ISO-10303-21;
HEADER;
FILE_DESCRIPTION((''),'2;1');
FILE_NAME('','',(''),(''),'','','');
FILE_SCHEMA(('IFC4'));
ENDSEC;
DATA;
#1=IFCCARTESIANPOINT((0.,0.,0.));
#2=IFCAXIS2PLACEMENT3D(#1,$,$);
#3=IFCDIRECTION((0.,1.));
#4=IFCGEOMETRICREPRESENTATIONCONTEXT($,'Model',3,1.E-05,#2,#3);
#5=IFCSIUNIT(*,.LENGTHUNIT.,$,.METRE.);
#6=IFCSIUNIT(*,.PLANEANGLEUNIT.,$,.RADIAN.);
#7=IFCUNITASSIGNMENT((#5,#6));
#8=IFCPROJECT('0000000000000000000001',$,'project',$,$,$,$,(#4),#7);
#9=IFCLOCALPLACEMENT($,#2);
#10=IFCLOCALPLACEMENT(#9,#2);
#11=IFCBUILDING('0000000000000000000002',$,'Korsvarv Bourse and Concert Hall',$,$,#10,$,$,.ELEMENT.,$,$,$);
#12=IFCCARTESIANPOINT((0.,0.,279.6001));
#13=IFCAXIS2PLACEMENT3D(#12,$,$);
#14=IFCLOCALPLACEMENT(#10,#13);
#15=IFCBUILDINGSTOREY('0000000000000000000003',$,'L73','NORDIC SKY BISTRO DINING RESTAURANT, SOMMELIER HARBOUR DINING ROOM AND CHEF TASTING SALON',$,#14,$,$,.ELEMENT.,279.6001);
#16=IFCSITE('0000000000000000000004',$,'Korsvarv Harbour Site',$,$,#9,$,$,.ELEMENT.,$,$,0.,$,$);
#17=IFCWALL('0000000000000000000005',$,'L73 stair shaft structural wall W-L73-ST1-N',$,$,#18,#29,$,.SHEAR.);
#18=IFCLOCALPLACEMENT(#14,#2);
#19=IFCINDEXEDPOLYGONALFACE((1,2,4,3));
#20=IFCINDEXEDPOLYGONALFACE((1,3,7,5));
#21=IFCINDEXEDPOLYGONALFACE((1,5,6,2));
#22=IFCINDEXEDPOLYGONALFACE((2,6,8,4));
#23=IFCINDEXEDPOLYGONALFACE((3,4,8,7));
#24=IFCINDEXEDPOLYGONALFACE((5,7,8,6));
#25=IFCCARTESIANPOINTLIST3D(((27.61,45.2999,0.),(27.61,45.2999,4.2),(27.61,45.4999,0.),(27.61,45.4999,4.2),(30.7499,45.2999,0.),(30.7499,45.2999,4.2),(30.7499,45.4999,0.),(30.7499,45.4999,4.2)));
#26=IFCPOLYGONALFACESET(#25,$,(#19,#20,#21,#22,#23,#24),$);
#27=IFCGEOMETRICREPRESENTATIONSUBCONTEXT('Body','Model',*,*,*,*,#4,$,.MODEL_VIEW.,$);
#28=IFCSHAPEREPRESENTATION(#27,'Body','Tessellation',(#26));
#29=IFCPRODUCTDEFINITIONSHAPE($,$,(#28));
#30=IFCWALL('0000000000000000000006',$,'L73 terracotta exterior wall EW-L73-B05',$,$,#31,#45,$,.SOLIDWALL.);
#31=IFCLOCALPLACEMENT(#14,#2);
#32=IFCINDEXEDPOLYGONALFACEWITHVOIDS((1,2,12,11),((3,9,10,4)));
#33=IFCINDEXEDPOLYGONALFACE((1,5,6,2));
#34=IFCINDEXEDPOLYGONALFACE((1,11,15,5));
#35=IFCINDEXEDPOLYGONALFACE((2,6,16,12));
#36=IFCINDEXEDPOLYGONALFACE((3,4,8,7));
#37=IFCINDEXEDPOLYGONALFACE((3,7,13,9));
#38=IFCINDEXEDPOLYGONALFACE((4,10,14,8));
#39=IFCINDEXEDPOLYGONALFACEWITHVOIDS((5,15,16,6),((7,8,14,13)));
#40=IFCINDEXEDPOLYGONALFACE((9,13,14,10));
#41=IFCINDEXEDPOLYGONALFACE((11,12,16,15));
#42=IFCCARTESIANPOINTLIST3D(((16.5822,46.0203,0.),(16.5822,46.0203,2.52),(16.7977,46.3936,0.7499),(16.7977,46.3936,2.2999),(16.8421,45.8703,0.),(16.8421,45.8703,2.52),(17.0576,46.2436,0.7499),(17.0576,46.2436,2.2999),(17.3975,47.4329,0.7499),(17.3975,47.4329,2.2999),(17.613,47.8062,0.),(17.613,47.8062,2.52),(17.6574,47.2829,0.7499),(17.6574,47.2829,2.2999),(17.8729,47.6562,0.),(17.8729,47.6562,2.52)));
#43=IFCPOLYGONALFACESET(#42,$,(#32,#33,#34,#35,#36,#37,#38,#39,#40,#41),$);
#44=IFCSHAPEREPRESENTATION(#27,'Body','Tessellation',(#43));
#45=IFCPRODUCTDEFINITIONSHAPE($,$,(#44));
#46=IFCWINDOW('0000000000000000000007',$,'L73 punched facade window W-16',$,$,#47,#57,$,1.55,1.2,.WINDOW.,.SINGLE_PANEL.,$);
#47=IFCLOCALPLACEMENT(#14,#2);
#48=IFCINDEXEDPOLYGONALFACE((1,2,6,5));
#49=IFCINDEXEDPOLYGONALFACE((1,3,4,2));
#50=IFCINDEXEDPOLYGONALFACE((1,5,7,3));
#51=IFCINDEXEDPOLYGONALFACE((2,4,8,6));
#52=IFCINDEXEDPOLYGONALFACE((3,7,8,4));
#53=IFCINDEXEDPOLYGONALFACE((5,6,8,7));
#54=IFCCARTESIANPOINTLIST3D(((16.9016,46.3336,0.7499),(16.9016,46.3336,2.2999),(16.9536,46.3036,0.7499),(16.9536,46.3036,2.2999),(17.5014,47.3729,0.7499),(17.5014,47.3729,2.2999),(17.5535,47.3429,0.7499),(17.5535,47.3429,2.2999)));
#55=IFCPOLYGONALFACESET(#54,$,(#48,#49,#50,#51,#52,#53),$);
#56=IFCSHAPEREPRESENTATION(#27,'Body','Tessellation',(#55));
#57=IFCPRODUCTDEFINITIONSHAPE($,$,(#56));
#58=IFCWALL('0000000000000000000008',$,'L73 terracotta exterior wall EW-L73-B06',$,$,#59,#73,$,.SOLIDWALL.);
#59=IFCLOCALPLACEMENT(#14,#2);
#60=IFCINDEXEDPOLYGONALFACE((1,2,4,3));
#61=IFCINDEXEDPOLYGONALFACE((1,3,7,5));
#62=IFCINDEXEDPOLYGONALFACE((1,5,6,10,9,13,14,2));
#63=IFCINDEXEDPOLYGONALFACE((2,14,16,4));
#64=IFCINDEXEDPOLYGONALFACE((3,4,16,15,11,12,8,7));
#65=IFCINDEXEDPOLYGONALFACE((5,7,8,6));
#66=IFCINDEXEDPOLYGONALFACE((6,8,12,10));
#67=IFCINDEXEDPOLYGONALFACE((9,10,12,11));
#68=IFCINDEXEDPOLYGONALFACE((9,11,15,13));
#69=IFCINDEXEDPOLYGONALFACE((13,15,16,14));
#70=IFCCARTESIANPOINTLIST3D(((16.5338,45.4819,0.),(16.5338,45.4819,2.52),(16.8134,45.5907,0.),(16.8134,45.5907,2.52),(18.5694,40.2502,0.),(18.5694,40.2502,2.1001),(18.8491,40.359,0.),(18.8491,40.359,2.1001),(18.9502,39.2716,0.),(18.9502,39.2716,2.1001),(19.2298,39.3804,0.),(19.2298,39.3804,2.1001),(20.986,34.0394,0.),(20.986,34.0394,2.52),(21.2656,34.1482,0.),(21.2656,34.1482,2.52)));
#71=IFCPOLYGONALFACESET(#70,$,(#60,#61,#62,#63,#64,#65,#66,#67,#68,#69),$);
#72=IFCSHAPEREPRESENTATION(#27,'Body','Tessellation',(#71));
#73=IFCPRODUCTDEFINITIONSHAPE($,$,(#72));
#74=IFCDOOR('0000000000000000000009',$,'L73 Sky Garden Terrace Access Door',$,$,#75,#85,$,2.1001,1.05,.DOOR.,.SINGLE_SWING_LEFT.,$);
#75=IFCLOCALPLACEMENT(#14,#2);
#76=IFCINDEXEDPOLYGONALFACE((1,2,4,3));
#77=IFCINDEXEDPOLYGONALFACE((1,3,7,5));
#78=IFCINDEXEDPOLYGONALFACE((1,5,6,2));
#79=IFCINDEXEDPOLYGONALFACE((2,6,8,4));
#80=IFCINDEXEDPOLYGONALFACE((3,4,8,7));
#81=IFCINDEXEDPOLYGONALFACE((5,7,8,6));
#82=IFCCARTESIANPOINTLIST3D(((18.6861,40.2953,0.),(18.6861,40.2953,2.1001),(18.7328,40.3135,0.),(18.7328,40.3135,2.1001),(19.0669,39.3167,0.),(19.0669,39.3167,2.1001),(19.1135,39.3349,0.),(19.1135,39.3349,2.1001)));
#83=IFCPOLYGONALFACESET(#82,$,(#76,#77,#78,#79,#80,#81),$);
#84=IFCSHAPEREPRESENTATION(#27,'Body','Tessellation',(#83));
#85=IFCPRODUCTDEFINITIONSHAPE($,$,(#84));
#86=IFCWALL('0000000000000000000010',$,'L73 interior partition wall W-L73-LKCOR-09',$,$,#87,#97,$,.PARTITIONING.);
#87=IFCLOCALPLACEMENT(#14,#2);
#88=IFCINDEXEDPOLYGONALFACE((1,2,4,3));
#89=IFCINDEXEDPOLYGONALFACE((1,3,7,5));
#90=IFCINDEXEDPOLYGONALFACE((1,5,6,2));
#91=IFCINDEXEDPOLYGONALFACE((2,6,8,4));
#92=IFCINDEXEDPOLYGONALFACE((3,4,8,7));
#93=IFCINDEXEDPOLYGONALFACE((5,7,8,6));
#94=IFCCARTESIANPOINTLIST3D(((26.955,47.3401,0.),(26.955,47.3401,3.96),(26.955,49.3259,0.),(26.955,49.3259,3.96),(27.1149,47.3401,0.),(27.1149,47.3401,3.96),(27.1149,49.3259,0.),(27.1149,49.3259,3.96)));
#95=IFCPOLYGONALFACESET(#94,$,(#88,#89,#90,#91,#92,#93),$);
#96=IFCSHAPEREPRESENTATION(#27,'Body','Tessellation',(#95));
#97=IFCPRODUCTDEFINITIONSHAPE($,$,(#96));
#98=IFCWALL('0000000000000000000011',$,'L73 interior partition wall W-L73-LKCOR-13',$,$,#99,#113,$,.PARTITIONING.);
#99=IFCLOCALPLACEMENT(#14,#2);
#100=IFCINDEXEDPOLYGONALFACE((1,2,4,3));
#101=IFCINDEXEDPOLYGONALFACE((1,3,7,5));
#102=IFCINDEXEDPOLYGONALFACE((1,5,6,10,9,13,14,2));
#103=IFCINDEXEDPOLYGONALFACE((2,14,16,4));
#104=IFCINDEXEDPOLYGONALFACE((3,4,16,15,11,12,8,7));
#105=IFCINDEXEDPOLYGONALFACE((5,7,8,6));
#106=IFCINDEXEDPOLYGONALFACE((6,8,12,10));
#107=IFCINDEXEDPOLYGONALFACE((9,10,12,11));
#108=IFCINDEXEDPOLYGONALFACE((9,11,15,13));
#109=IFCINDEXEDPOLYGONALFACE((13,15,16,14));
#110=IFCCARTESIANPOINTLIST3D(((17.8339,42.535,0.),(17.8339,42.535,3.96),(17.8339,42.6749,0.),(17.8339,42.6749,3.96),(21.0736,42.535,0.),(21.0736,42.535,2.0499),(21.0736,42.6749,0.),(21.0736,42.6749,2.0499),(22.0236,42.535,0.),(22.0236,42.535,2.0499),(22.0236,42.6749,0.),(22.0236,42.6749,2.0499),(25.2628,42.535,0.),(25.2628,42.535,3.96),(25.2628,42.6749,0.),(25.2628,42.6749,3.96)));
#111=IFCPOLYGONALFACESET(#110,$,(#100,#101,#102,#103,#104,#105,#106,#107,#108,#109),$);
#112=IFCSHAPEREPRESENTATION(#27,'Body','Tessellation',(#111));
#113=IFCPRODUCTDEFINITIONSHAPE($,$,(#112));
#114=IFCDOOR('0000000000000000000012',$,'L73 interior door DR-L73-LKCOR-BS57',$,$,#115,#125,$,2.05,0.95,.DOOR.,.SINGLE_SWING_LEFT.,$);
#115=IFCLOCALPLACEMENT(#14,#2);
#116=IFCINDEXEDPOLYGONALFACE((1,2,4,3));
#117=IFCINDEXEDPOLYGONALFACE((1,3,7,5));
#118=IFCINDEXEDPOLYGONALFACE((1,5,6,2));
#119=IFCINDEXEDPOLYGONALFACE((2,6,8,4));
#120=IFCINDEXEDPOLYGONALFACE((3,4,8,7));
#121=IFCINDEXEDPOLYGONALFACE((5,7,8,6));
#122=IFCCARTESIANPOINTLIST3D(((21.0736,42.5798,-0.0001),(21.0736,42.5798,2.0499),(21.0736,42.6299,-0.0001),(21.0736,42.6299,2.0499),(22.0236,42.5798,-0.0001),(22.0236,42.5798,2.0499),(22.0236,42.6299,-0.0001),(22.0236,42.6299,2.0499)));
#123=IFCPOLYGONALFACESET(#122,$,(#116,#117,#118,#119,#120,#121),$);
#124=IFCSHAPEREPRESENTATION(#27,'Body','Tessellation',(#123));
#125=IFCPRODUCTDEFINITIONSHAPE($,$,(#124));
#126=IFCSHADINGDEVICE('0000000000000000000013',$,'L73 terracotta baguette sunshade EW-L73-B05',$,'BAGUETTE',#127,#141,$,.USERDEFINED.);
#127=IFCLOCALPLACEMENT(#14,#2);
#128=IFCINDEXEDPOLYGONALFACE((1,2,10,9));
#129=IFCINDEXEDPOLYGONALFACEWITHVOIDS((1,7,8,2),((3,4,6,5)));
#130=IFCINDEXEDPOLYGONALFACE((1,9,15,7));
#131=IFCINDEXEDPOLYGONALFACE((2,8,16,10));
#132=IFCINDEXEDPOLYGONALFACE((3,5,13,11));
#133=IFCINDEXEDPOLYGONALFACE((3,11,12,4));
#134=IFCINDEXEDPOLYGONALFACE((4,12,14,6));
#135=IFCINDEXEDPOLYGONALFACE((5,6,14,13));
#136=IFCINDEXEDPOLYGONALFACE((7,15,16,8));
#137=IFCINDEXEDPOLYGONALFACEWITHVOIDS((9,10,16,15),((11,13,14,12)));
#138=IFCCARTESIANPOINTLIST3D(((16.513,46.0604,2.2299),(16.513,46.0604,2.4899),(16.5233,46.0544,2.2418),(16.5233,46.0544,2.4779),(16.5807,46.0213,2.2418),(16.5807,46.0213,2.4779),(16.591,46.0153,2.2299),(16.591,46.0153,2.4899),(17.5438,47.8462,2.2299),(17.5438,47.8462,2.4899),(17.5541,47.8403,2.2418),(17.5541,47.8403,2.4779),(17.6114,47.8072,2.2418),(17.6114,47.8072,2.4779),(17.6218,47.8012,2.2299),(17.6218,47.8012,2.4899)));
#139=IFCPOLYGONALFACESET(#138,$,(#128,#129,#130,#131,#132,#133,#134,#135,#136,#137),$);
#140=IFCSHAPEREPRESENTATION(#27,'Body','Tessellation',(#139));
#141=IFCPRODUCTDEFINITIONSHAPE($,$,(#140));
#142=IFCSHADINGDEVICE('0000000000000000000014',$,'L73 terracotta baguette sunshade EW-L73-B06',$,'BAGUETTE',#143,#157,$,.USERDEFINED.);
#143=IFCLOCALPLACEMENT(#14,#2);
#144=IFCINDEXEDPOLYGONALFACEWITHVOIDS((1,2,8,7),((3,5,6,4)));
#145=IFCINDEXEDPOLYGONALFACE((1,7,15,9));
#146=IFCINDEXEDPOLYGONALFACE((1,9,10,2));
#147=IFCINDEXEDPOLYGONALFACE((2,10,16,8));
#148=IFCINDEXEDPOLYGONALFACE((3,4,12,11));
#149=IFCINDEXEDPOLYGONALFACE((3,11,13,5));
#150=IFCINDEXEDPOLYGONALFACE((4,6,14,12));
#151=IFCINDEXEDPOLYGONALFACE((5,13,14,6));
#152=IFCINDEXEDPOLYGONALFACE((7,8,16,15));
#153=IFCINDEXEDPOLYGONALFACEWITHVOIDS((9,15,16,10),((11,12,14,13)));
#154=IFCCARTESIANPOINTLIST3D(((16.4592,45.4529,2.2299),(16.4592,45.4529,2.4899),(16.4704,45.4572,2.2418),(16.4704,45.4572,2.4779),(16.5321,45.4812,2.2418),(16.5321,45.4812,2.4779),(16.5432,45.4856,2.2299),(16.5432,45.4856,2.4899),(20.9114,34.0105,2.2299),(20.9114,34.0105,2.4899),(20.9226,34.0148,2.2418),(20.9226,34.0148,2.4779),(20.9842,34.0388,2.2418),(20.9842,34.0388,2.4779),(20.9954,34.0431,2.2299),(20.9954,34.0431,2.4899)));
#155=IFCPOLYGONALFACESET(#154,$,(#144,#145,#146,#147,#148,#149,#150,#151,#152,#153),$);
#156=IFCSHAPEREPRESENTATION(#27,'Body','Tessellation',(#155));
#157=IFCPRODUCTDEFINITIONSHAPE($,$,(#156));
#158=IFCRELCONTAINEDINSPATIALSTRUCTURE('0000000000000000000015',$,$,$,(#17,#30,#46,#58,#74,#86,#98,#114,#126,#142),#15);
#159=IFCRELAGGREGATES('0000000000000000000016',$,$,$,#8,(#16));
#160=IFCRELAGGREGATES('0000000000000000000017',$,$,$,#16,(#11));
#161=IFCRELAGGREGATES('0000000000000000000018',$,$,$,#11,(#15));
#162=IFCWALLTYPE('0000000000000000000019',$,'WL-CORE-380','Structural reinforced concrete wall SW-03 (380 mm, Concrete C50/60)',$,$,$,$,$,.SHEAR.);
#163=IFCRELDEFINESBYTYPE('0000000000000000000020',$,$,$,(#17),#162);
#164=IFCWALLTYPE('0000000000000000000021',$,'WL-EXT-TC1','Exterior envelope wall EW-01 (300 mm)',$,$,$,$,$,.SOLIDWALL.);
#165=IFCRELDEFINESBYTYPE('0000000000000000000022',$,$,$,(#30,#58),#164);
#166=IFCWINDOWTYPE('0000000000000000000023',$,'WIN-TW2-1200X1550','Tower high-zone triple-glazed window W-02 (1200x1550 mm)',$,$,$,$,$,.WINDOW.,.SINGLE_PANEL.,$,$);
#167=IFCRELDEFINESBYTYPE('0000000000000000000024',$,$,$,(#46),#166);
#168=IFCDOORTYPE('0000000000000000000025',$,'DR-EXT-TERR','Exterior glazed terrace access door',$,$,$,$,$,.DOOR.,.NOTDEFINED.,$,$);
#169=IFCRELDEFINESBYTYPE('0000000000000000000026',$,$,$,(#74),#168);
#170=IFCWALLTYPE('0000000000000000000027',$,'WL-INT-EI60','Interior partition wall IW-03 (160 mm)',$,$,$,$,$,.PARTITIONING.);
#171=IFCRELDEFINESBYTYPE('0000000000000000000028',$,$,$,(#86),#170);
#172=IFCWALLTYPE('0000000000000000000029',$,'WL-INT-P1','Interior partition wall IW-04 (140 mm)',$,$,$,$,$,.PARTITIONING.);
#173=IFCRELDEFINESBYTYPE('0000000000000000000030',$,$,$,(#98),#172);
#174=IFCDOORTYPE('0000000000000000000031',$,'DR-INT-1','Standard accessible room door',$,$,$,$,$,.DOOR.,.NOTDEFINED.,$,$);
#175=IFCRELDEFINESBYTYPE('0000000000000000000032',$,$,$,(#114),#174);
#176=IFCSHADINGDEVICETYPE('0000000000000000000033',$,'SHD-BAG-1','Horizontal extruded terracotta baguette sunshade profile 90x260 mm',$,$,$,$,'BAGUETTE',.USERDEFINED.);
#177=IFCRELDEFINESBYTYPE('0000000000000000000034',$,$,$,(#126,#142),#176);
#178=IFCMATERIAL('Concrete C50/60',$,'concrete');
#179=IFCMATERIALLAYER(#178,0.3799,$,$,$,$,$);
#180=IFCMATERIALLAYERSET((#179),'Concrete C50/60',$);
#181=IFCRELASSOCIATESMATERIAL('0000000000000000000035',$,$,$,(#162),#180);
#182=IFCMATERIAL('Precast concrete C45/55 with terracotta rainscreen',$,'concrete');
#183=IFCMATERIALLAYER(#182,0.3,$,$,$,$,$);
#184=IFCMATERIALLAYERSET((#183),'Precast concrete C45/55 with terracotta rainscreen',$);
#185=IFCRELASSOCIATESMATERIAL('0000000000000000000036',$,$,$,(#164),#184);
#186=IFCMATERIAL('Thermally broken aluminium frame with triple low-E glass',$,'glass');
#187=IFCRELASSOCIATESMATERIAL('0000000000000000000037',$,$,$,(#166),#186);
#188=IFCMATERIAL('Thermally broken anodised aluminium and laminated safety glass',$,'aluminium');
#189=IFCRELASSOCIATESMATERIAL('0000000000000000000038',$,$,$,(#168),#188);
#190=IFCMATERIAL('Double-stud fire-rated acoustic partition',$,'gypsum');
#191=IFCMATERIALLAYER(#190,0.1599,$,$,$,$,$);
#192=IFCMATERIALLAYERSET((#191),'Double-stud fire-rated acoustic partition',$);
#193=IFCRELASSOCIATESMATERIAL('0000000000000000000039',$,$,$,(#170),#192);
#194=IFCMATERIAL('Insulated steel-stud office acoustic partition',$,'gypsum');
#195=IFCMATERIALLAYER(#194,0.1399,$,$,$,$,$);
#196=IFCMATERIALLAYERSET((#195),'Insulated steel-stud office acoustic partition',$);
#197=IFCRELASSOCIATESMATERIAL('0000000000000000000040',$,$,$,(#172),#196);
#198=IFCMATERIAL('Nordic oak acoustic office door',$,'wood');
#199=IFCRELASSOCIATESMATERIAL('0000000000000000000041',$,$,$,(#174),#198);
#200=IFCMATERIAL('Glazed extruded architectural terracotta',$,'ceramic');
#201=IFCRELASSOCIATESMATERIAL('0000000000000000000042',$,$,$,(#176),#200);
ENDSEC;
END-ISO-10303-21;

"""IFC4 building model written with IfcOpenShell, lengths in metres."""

from ifc_helpers import new_model, si_unit, direction, frame, frame_2d, origin, origin_2d, place, context, subcontext, project, spatial, rectangle, hollow_rectangle, extrude, source, transform, mapped, material, layer, layer_set, material_profile, profile_set, type_object, element, fill, save


model = new_model("IFC4")

# Units and contexts
model_context = context("Model", 3, precision=1e-05, world=origin(), true_north=direction((0.0, 1.0)))
body_context = subcontext(model_context, "Body", "Model", "MODEL_VIEW")
ifc_project = project(units=[si_unit("LENGTHUNIT", "METRE"), si_unit("PLANEANGLEUNIT", "RADIAN")], contexts=[model_context])

# Site, building, storey
site_placement = place(None, origin())
site = spatial("IfcSite", under=ifc_project, at=site_placement, Name="Korsvarv Harbour Site", CompositionType="ELEMENT", RefElevation=0.0)
building_placement = place(site_placement, origin())
building = spatial("IfcBuilding", under=site, at=building_placement, Name="Korsvarv Bourse and Concert Hall", CompositionType="ELEMENT")
storey_placement = place(building_placement, frame((0.0, 0.0, 279.6001)))
storey = spatial("IfcBuildingStorey", under=building, at=storey_placement, Name="L73", Description="NORDIC SKY BISTRO DINING RESTAURANT, SOMMELIER HARBOUR DINING ROOM AND CHEF TASTING SALON", CompositionType="ELEMENT", Elevation=279.6001)

# Shared definitions
ifc_material_1 = material(Name="Concrete C50/60", Category="concrete")

# Wall
ifc_layer_1 = layer(ifc_material_1, 0.3799)
ifc_layer_set_1 = layer_set([ifc_layer_1], Name="Concrete C50/60")
wall_type_1 = type_object("IfcWallType", Name="WL-CORE-380", Description="Structural reinforced concrete wall SW-03 (380 mm, Concrete C50/60)", PredefinedType="SHEAR", material=ifc_layer_set_1)
wall_1_placement = place(storey_placement, frame((27.6101, 45.3999, 0.0), z_axis=(0.0, 0.0, 1.0), x_axis=(1.0, 0.0, 0.0)))
element("IfcWall", 1, at=wall_1_placement, inside=storey, type_object=wall_type_1, Name="L73 stair shaft structural wall W-L73-ST1-N", PredefinedType="SHEAR", context=body_context, shape_type="SweptSolid", body=[
    extrude(rectangle(XDim=3.1399, YDim=0.2, at=frame_2d((1.5698, 0.0))), origin(), (0.0, 0.0, 1.0), 4.2),
])

# Wall, opening, window
ifc_material_2 = material(Name="Precast concrete C45/55 with terracotta rainscreen", Category="concrete")
ifc_layer_2 = layer(ifc_material_2, 0.3)
ifc_layer_set_2 = layer_set([ifc_layer_2], Name="Precast concrete C45/55 with terracotta rainscreen")
wall_type_2 = type_object("IfcWallType", Name="WL-EXT-TC1", Description="Exterior envelope wall EW-01 (300 mm)", PredefinedType="SOLIDWALL", material=ifc_layer_set_2)
wall_2_placement = place(storey_placement, frame((17.7429, 47.7312, 0.0), z_axis=(0.0, 0.0, 1.0), x_axis=(-0.499883, -0.866093, 0.0)))
wall_2 = element("IfcWall", 2, at=wall_2_placement, inside=storey, type_object=wall_type_2, Name="L73 terracotta exterior wall EW-L73-B05", PredefinedType="SOLIDWALL", context=body_context, shape_type="SweptSolid", body=[
    extrude(rectangle(XDim=2.062, YDim=0.3, at=frame_2d((1.031, 0.0))), origin(), (0.0, 0.0, 1.0), 2.52),
])
opening_1_placement = place(wall_2_placement, frame((0.4309, 0.0, 0.75)))
opening_1 = element("IfcOpeningElement", 3, at=opening_1_placement, cuts=wall_2, PredefinedType="OPENING", context=body_context, shape_type="SweptSolid", body=[
    extrude(rectangle(XDim=1.2, YDim=1.55, at=frame_2d((0.6001, 0.7749))), frame((0.0, 0.1602, 0.0), z_axis=(0.0, -1.0, 0.0), x_axis=(1.0, 0.0, 0.0)), (0.0, 0.0, 1.0), 0.3201),
])
ifc_material_3 = material(Name="Thermally broken aluminium frame with triple low-E glass", Category="glass")
window_type = type_object("IfcWindowType", Name="WIN-TW2-1200X1550", Description="Tower high-zone triple-glazed window W-02 (1200x1550 mm)", PartitioningType="SINGLE_PANEL", PredefinedType="WINDOW", material=ifc_material_3)
window_placement = place(opening_1_placement, origin())
window = element("IfcWindow", 4, at=window_placement, inside=storey, type_object=window_type, Name="L73 punched facade window W-16", OverallHeight=1.55, OverallWidth=1.2, PartitioningType="SINGLE_PANEL", PredefinedType="WINDOW", context=body_context, shape_type="SweptSolid", body=[
    extrude(rectangle(XDim=1.2, YDim=1.55, at=frame_2d((0.6001, 0.7749))), frame((0.0, 0.03, 0.0), z_axis=(0.0, -1.0, 0.0), x_axis=(1.0, 0.0, 0.0)), (0.0, 0.0, 1.0), 0.0601),
])
fill(opening_1, window)

# Wall, opening, door
wall_3_placement = place(storey_placement, frame((16.6736, 45.5364, 0.0), z_axis=(0.0, 0.0, 1.0), x_axis=(0.362611, -0.93194, 0.0)))
wall_3 = element("IfcWall", 5, at=wall_3_placement, inside=storey, type_object=wall_type_2, Name="L73 terracotta exterior wall EW-L73-B06", PredefinedType="SOLIDWALL", context=body_context, shape_type="SweptSolid", body=[
    extrude(rectangle(XDim=12.2781, YDim=0.3, at=frame_2d((6.1392, 0.0))), origin(), (0.0, 0.0, 1.0), 2.52),
])
opening_2_placement = place(wall_3_placement, frame((5.614, 0.0, 0.0)))
opening_2 = element("IfcOpeningElement", 6, at=opening_2_placement, cuts=wall_3, PredefinedType="OPENING", context=body_context, shape_type="SweptSolid", body=[
    extrude(rectangle(XDim=1.05, YDim=2.1001, at=frame_2d((0.5249, 1.05))), frame((0.0, 0.1602, 0.0), z_axis=(0.0, -1.0, 0.0), x_axis=(1.0, 0.0, 0.0)), (0.0, 0.0, 1.0), 0.3201),
])
ifc_material_4 = material(Name="Thermally broken anodised aluminium and laminated safety glass", Category="aluminium")
door_type_1 = type_object("IfcDoorType", Name="DR-EXT-TERR", Description="Exterior glazed terrace access door", OperationType="NOTDEFINED", PredefinedType="DOOR", material=ifc_material_4)
door_1_placement = place(opening_2_placement, frame((1.05, 0.0, 0.0), z_axis=(0.0, 0.0, 1.0), x_axis=(-1.0, 0.0, 0.0)))
door_1 = element("IfcDoor", 7, at=door_1_placement, inside=storey, type_object=door_type_1, Name="L73 Sky Garden Terrace Access Door", OperationType="SINGLE_SWING_LEFT", OverallHeight=2.1001, OverallWidth=1.05, PredefinedType="DOOR", context=body_context, shape_type="SweptSolid", body=[
    extrude(rectangle(XDim=1.05, YDim=2.1001, at=frame_2d((0.5249, 1.05))), frame((0.0, 0.0249, 0.0), z_axis=(0.0, -1.0, 0.0), x_axis=(1.0, 0.0, 0.0)), (0.0, 0.0, 1.0), 0.05),
])
fill(opening_2, door_1)

# Wall
ifc_material_5 = material(Name="Double-stud fire-rated acoustic partition", Category="gypsum")
ifc_layer_3 = layer(ifc_material_5, 0.1599)
ifc_layer_set_3 = layer_set([ifc_layer_3], Name="Double-stud fire-rated acoustic partition")
wall_type_3 = type_object("IfcWallType", Name="WL-INT-EI60", Description="Interior partition wall IW-03 (160 mm)", PredefinedType="PARTITIONING", material=ifc_layer_set_3)
wall_4_placement = place(storey_placement, frame((27.0349, 47.3401, 0.0), z_axis=(0.0, 0.0, 1.0), x_axis=(0.0, 1.0, 0.0)))
element("IfcWall", 8, at=wall_4_placement, inside=storey, type_object=wall_type_3, Name="L73 interior partition wall W-L73-LKCOR-09", PredefinedType="PARTITIONING", context=body_context, shape_type="SweptSolid", body=[
    extrude(rectangle(XDim=1.9858, YDim=0.1599, at=frame_2d((0.9929, 0.0))), origin(), (0.0, 0.0, 1.0), 3.96),
])

# Wall, opening, door
ifc_material_6 = material(Name="Insulated steel-stud office acoustic partition", Category="gypsum")
ifc_layer_4 = layer(ifc_material_6, 0.1399)
ifc_layer_set_4 = layer_set([ifc_layer_4], Name="Insulated steel-stud office acoustic partition")
wall_type_4 = type_object("IfcWallType", Name="WL-INT-P1", Description="Interior partition wall IW-04 (140 mm)", PredefinedType="PARTITIONING", material=ifc_layer_set_4)
wall_5_placement = place(storey_placement, frame((17.834, 42.605, 0.0), z_axis=(0.0, 0.0, 1.0), x_axis=(1.0, 0.0, 0.0)))
wall_5 = element("IfcWall", 9, at=wall_5_placement, inside=storey, type_object=wall_type_4, Name="L73 interior partition wall W-L73-LKCOR-13", PredefinedType="PARTITIONING", context=body_context, shape_type="SweptSolid", body=[
    extrude(rectangle(XDim=7.429, YDim=0.1399, at=frame_2d((3.7144, 0.0))), origin(), (0.0, 0.0, 1.0), 3.96),
])
opening_3_placement = place(wall_5_placement, frame((3.2395, 0.0, 0.0)))
opening_3 = element("IfcOpeningElement", 10, at=opening_3_placement, cuts=wall_5, PredefinedType="OPENING", context=body_context, shape_type="SweptSolid", body=[
    extrude(rectangle(XDim=0.95, YDim=2.05, at=frame_2d((0.4751, 1.0249))), frame((0.0, 0.0801, 0.0), z_axis=(0.0, -1.0, 0.0), x_axis=(1.0, 0.0, 0.0)), (0.0, 0.0, 1.0), 0.1599),
])
ifc_material_7 = material(Name="Nordic oak acoustic office door", Category="wood")
door_type_2 = type_object("IfcDoorType", Name="DR-INT-1", Description="Standard accessible room door", OperationType="NOTDEFINED", PredefinedType="DOOR", material=ifc_material_7)
door_2_placement = place(opening_3_placement, origin())
door_2 = element("IfcDoor", 11, at=door_2_placement, inside=storey, type_object=door_type_2, Name="L73 interior door DR-L73-LKCOR-BS57", OperationType="SINGLE_SWING_LEFT", OverallHeight=2.05, OverallWidth=0.95, PredefinedType="DOOR", context=body_context, shape_type="SweptSolid", body=[
    extrude(rectangle(XDim=0.95, YDim=2.05, at=frame_2d((0.4751, 1.0249))), frame((0.0, 0.0249, 0.0), z_axis=(0.0, -1.0, 0.0), x_axis=(1.0, 0.0, 0.0)), (0.0, 0.0, 1.0), 0.05),
])
fill(opening_3, door_2)

# Shading devices
ifc_material_8 = material(Name="Glazed extruded architectural terracotta", Category="ceramic")
ifc_material_profile_1 = material_profile(ifc_material_8, hollow_rectangle(XDim=0.0901, YDim=0.26, WallThickness=0.012, at=origin_2d()), Name="TC-BAG 90x260")
ifc_profile_set_1 = profile_set([ifc_material_profile_1], Name="Glazed extruded architectural terracotta")
shading_device_type = type_object("IfcShadingDeviceType", Name="SHD-BAG-1", Description="Horizontal extruded terracotta baguette sunshade profile 90x260 mm", ElementType="BAGUETTE", PredefinedType="USERDEFINED", material=ifc_profile_set_1)
shared_shape_1 = source(origin(), body_context, "Body", "SweptSolid", [
    extrude(hollow_rectangle(XDim=0.0901, YDim=0.26, WallThickness=0.012, at=origin_2d()), origin(), (0.0, 0.0, 1.0), 2.062),
])
shading_device_1_placement = place(storey_placement, frame((17.5828, 47.8237, 2.3599), z_axis=(-0.499883, -0.866093, 0.0), x_axis=(0.866093, -0.499883, 0.0)))
element("IfcShadingDevice", 12, at=shading_device_1_placement, inside=storey, type_object=shading_device_type, Name="L73 terracotta baguette sunshade EW-L73-B05", ObjectType="BAGUETTE", PredefinedType="USERDEFINED", context=body_context, shape_type="MappedRepresentation", body=[
    mapped(shared_shape_1, transform((0.0, 0.0, 0.0), scale=1.0)),
])
shared_shape_2 = source(origin(), body_context, "Body", "SweptSolid", [
    extrude(hollow_rectangle(XDim=0.0901, YDim=0.26, WallThickness=0.012, at=origin_2d()), origin(), (0.0, 0.0, 1.0), 12.2781),
])
shading_device_2_placement = place(storey_placement, frame((16.5012, 45.4692, 2.3599), z_axis=(0.362611, -0.93194, 0.0), x_axis=(0.93194, 0.362611, 0.0)))
element("IfcShadingDevice", 13, at=shading_device_2_placement, inside=storey, type_object=shading_device_type, Name="L73 terracotta baguette sunshade EW-L73-B06", ObjectType="BAGUETTE", PredefinedType="USERDEFINED", context=body_context, shape_type="MappedRepresentation", body=[
    mapped(shared_shape_2, transform((0.0, 0.0, 0.0), scale=1.0)),
])

save(model, "model.ifc")
